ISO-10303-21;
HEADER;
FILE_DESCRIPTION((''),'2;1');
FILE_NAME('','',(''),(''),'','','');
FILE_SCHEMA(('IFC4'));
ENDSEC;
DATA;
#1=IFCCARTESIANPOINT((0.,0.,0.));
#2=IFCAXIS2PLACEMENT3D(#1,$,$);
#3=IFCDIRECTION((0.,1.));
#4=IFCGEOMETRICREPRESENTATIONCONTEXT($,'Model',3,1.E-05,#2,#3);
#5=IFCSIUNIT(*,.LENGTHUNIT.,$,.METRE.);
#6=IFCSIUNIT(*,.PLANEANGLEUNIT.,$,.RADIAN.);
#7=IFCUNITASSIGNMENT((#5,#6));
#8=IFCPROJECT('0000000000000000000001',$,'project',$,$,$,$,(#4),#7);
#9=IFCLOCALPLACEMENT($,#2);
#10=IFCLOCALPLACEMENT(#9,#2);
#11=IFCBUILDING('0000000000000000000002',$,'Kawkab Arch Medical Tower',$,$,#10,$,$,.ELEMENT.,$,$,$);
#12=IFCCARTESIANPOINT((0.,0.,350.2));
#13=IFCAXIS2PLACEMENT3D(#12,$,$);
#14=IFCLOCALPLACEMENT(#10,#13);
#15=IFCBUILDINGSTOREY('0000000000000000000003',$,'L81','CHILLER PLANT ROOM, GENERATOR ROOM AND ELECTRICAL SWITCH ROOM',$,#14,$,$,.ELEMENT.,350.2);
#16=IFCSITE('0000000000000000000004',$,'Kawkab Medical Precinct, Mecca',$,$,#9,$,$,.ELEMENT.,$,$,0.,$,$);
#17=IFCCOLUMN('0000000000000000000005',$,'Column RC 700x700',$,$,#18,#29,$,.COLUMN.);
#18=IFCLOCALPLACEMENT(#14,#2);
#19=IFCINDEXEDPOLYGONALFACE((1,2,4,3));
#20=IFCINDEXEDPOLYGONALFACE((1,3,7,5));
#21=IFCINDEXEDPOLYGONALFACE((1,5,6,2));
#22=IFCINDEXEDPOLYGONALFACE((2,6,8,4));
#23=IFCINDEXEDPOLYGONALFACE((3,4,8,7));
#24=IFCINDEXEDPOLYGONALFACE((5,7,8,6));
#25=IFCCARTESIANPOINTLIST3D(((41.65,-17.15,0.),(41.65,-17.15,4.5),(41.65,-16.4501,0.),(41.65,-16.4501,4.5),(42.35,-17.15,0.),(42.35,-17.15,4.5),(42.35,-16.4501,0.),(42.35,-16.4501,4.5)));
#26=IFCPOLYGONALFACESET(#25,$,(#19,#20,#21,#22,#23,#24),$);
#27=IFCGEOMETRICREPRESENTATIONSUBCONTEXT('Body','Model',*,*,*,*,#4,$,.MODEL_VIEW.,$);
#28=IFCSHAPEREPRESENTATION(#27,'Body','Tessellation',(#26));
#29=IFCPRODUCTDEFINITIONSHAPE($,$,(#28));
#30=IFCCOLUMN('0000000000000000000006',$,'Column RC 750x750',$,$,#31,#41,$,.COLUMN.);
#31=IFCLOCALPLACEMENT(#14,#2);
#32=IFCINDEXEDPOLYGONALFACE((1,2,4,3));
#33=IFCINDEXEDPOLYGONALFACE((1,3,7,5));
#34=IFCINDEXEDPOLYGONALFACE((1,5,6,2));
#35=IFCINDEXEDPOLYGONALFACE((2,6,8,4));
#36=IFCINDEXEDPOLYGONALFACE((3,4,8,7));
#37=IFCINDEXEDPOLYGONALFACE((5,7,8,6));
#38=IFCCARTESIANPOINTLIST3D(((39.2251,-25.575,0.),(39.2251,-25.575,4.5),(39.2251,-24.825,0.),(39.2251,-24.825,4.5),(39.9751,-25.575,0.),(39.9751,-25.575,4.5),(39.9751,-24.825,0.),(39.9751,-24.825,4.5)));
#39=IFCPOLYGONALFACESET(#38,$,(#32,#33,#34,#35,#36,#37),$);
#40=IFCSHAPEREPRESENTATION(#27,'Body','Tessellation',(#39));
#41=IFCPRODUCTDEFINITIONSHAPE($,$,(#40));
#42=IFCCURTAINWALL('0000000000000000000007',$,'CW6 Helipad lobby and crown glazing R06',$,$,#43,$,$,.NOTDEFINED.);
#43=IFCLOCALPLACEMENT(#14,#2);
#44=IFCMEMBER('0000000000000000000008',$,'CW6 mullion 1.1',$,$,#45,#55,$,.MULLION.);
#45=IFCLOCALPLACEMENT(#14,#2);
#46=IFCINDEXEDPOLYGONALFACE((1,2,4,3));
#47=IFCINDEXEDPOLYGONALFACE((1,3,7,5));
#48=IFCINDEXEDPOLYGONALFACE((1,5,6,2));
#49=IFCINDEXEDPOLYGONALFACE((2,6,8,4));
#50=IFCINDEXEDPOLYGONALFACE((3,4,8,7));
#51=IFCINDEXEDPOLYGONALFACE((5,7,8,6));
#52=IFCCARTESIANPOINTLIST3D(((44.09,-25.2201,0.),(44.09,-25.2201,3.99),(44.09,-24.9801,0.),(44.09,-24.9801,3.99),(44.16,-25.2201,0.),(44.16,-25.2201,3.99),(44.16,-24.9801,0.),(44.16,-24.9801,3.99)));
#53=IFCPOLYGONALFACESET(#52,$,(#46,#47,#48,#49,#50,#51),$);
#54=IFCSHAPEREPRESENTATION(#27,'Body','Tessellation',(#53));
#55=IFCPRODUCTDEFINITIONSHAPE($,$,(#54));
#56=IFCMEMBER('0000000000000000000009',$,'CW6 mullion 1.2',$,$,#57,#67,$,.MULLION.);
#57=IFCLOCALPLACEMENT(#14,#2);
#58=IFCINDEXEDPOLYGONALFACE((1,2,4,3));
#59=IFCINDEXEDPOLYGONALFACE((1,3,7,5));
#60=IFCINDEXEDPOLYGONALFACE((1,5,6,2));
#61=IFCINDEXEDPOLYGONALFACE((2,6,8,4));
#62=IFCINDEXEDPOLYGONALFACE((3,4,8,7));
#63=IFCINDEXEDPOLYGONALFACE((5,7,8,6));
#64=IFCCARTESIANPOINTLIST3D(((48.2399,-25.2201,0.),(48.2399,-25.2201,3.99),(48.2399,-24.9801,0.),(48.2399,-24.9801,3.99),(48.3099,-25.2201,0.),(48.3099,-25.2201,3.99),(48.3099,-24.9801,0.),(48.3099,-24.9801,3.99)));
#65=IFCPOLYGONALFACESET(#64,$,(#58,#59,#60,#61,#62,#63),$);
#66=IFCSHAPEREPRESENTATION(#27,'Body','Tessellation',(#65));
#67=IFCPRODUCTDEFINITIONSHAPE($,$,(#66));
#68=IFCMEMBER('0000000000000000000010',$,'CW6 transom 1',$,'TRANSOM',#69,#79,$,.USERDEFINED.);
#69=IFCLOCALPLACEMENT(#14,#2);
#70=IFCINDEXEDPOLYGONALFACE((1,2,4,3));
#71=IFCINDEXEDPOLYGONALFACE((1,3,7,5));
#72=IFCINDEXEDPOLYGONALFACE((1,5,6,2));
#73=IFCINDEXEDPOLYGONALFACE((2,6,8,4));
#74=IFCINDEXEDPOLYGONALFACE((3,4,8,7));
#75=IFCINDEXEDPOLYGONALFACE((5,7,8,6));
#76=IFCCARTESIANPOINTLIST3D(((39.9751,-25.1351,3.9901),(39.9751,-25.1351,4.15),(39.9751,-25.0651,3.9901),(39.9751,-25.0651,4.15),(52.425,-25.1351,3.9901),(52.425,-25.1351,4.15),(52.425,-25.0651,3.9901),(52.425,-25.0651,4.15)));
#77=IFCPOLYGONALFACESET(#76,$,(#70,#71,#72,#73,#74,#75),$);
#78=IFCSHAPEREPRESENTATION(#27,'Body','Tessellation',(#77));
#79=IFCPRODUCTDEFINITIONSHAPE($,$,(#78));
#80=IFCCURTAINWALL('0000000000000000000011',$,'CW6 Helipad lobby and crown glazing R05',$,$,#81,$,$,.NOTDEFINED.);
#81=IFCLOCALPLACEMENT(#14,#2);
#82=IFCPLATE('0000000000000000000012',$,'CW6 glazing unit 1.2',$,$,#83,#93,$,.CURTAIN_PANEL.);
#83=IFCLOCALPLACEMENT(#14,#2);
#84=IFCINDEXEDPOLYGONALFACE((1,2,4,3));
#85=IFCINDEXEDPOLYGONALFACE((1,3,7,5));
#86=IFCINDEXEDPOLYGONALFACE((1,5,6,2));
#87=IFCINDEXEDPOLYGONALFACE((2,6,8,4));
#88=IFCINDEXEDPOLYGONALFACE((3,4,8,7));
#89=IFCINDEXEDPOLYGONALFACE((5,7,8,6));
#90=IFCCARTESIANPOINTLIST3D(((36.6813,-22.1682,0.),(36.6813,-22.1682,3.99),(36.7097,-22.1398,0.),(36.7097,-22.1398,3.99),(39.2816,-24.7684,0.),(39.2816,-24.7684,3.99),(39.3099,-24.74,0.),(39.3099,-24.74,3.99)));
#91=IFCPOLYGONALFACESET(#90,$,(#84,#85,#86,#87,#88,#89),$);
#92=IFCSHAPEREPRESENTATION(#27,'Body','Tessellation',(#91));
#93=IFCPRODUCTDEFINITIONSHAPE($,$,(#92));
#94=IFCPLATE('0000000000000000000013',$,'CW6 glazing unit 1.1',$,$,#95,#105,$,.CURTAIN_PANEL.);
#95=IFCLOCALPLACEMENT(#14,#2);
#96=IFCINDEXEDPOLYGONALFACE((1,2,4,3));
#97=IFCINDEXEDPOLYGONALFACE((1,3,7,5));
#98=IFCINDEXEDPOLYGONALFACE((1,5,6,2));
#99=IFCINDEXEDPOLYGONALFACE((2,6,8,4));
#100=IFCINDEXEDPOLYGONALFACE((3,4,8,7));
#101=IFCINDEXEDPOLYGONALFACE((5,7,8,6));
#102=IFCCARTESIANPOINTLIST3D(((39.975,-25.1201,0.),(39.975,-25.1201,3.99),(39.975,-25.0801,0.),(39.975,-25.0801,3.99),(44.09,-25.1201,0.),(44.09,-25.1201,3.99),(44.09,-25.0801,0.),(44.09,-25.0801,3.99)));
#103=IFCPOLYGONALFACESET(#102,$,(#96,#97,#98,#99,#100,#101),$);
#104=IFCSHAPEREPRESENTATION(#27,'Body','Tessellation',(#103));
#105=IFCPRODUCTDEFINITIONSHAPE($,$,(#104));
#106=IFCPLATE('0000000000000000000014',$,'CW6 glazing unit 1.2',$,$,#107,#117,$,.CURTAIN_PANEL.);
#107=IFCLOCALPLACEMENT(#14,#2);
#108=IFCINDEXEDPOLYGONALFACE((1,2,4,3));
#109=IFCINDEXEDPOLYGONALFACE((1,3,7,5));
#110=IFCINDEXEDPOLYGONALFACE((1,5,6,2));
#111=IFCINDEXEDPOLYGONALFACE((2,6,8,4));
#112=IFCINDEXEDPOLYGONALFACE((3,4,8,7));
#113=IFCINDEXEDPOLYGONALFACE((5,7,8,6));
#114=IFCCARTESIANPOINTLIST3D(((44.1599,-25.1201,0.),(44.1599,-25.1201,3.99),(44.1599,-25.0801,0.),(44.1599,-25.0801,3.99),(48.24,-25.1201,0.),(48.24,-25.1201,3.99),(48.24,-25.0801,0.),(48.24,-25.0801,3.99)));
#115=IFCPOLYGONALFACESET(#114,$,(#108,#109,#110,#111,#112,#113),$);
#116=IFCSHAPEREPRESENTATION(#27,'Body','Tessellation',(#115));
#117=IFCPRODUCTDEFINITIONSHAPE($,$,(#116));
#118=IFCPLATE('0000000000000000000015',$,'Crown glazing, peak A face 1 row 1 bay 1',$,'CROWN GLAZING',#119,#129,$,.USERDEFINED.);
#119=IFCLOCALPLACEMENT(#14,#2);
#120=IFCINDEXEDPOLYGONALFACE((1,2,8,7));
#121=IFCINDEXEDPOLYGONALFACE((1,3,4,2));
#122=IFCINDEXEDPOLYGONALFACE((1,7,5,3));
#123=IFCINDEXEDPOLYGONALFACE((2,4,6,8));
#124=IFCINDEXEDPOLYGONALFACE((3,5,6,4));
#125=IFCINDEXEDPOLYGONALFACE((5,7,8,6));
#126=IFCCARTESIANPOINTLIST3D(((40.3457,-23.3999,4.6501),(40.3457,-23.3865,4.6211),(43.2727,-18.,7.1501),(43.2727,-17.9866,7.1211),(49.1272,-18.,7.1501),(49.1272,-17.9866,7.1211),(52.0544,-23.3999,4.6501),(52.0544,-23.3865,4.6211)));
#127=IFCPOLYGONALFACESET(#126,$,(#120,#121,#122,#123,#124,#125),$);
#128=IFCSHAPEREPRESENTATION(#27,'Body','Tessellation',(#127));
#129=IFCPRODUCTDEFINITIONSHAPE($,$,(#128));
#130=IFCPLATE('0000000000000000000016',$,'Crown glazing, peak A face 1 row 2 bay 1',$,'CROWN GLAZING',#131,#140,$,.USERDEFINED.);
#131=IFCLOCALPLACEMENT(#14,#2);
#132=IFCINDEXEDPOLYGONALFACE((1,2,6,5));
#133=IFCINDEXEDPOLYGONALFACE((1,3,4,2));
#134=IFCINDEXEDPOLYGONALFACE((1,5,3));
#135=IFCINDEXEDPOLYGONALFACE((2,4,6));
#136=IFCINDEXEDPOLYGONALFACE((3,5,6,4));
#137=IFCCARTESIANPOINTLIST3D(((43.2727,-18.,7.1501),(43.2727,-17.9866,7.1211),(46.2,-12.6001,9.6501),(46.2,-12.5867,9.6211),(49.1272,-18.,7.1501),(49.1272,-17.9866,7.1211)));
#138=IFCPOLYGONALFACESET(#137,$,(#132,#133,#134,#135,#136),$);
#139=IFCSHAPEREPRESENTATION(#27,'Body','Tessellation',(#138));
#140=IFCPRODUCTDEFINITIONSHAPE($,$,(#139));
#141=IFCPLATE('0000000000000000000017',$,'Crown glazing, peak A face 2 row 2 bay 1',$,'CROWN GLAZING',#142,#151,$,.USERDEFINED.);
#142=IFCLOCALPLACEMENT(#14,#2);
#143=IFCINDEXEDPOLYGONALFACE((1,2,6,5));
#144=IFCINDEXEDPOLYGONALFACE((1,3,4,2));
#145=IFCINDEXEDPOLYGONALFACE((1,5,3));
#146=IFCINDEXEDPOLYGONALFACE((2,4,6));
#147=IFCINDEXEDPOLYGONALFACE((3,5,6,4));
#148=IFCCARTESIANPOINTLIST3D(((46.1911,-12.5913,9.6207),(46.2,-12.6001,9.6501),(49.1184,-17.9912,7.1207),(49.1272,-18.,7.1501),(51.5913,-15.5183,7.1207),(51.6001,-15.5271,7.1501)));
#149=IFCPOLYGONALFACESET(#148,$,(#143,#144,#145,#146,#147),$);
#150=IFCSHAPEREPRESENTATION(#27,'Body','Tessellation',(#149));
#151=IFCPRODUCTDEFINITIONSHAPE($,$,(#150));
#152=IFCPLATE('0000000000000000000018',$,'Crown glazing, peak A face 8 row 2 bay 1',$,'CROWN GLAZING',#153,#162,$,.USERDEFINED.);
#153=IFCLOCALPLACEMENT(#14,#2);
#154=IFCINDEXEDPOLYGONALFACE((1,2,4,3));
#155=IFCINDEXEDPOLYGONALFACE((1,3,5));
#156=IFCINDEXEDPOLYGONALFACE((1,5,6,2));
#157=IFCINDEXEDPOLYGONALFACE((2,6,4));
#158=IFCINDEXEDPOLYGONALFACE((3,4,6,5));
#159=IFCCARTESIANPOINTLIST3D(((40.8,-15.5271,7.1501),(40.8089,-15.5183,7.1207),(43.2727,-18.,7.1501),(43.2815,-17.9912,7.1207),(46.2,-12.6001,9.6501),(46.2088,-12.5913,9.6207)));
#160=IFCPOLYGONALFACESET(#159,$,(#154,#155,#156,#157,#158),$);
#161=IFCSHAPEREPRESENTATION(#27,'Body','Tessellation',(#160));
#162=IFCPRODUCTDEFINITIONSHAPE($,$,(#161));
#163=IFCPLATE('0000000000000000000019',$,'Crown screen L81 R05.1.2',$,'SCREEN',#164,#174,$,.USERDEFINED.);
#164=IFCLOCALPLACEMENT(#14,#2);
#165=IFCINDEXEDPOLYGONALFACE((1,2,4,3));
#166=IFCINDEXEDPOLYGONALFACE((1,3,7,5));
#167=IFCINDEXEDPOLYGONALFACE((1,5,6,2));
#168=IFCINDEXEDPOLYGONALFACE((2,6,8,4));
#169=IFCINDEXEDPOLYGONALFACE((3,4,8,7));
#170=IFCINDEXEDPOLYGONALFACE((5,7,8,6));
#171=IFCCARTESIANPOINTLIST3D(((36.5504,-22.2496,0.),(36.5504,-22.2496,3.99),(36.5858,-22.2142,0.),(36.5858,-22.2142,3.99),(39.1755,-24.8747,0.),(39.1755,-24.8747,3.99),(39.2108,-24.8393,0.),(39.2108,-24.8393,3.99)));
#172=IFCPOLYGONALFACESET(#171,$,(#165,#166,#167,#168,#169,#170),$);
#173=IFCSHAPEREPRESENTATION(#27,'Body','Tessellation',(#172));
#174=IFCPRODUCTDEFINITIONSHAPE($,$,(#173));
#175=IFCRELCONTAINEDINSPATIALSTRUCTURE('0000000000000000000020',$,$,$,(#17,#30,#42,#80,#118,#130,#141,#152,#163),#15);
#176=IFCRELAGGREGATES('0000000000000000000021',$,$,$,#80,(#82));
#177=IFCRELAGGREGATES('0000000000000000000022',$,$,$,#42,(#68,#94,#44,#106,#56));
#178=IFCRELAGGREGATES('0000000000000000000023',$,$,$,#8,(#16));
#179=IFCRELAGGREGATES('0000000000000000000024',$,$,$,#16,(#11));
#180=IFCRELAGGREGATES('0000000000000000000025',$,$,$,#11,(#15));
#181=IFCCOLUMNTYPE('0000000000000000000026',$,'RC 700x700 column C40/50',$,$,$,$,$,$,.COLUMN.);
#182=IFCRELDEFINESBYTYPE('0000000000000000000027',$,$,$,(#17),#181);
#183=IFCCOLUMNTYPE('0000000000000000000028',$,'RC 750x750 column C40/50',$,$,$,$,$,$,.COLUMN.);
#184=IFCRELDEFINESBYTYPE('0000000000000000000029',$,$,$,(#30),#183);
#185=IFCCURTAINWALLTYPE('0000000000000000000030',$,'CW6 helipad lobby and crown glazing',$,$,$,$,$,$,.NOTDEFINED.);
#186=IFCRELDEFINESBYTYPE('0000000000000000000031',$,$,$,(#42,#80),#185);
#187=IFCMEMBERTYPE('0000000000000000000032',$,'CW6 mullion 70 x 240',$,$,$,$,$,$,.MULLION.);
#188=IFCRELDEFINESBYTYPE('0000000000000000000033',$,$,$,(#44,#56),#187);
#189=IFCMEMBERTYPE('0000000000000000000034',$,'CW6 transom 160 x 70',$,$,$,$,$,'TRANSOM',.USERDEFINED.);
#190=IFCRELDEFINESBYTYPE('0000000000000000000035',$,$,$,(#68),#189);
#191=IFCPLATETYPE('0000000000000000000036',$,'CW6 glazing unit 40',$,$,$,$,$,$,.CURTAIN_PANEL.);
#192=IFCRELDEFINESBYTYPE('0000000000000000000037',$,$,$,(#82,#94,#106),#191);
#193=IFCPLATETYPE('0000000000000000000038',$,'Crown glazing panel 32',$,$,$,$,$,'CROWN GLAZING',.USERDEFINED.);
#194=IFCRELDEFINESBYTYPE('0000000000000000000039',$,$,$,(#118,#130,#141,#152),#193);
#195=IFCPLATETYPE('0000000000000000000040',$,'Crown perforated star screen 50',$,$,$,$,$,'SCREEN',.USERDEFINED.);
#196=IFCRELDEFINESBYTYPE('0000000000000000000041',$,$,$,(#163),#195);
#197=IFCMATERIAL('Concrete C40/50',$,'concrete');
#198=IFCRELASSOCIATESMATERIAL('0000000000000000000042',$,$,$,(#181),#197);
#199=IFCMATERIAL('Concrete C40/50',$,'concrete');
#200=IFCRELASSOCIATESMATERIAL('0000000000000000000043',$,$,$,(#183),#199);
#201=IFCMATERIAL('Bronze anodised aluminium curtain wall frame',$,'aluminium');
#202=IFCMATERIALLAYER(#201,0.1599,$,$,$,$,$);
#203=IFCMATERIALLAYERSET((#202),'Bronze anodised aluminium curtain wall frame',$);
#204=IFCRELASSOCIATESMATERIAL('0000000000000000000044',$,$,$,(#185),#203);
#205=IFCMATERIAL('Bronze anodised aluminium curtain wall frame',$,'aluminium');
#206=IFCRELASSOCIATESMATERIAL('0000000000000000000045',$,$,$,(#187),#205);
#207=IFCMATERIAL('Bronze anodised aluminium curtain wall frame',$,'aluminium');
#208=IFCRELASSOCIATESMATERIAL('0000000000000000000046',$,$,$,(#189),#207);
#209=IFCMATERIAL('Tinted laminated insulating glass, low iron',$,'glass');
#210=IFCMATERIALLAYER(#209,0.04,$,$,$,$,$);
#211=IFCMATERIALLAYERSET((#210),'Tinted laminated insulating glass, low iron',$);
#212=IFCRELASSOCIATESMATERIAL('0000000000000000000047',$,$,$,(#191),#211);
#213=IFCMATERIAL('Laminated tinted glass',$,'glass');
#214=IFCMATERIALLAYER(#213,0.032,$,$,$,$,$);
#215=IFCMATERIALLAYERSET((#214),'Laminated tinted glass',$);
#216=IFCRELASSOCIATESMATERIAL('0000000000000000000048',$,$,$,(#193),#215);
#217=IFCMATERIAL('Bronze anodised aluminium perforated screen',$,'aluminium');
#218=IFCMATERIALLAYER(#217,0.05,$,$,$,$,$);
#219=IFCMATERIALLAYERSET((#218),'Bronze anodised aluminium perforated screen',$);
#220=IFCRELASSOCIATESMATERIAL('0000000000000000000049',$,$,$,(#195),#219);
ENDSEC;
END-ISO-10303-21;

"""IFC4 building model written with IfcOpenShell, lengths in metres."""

from ifc_helpers import new_model, si_unit, direction, frame, origin, origin_2d, place, context, subcontext, project, spatial, polyline, rectangle, outline, extrude, material, layer, layer_set, material_profile, profile_set, type_object, element, aggregate, save


model = new_model("IFC4")

# Units and contexts
model_context = context("Model", 3, precision=1e-05, world=origin(), true_north=direction((0.0, 1.0)))
body_context = subcontext(model_context, "Body", "Model", "MODEL_VIEW")
ifc_project = project(units=[si_unit("LENGTHUNIT", "METRE"), si_unit("PLANEANGLEUNIT", "RADIAN")], contexts=[model_context])

# Site, building, storey
site_placement = place(None, origin())
site = spatial("IfcSite", under=ifc_project, at=site_placement, Name="Kawkab Medical Precinct, Mecca", CompositionType="ELEMENT", RefElevation=0.0)
building_placement = place(site_placement, origin())
building = spatial("IfcBuilding", under=site, at=building_placement, Name="Kawkab Arch Medical Tower", CompositionType="ELEMENT")
storey_placement = place(building_placement, frame((0.0, 0.0, 350.2)))
storey = spatial("IfcBuildingStorey", under=building, at=storey_placement, Name="L81", Description="CHILLER PLANT ROOM, GENERATOR ROOM AND ELECTRICAL SWITCH ROOM", CompositionType="ELEMENT", Elevation=350.2)

# Columns
ifc_material_1 = material(Name="Concrete C40/50", Category="concrete")
ifc_material_profile_1 = material_profile(ifc_material_1, rectangle(XDim=0.7, YDim=0.7, at=origin_2d()), Name="RC 700x700")
ifc_profile_set_1 = profile_set([ifc_material_profile_1], Name="Concrete C40/50")
column_type_1 = type_object("IfcColumnType", Name="RC 700x700 column C40/50", PredefinedType="COLUMN", material=ifc_profile_set_1)
column_1_placement = place(storey_placement, frame((42.0, -16.8, 0.0), z_axis=(0.0, 0.0, 1.0), x_axis=(1.0, 0.0, 0.0)))
element("IfcColumn", 1, at=column_1_placement, inside=storey, type_object=column_type_1, Name="Column RC 700x700", PredefinedType="COLUMN", context=body_context, shape_type="SweptSolid", body=[
    extrude(rectangle(XDim=0.7, YDim=0.7, at=origin_2d()), origin(), (0.0, 0.0, 1.0), 4.5),
])
ifc_material_2 = material(Name="Concrete C40/50", Category="concrete")
ifc_material_profile_2 = material_profile(ifc_material_2, rectangle(XDim=0.75, YDim=0.75, at=origin_2d()), Name="RC 750x750")
ifc_profile_set_2 = profile_set([ifc_material_profile_2], Name="Concrete C40/50")
column_type_2 = type_object("IfcColumnType", Name="RC 750x750 column C40/50", PredefinedType="COLUMN", material=ifc_profile_set_2)
column_2_placement = place(storey_placement, frame((39.6001, -25.2, 0.0), z_axis=(0.0, 0.0, 1.0), x_axis=(1.0, 0.0, 0.0)))
element("IfcColumn", 2, at=column_2_placement, inside=storey, type_object=column_type_2, Name="Column RC 750x750", PredefinedType="COLUMN", context=body_context, shape_type="SweptSolid", body=[
    extrude(rectangle(XDim=0.75, YDim=0.75, at=origin_2d()), origin(), (0.0, 0.0, 1.0), 4.5),
])

# Curtain wall, members
ifc_material_3 = material(Name="Bronze anodised aluminium curtain wall frame", Category="aluminium")
ifc_layer_1 = layer(ifc_material_3, 0.1599)
ifc_layer_set_1 = layer_set([ifc_layer_1], Name="Bronze anodised aluminium curtain wall frame")
curtain_wall_type = type_object("IfcCurtainWallType", Name="CW6 helipad lobby and crown glazing", PredefinedType="NOTDEFINED", material=ifc_layer_set_1)
placement_1 = place(storey_placement, origin())
curtain_wall_1 = element("IfcCurtainWall", 3, at=placement_1, inside=storey, type_object=curtain_wall_type, Name="CW6 Helipad lobby and crown glazing R06", PredefinedType="NOTDEFINED")
ifc_material_4 = material(Name="Bronze anodised aluminium curtain wall frame", Category="aluminium")
ifc_material_profile_3 = material_profile(ifc_material_4, rectangle(XDim=0.24, YDim=0.0701, at=origin_2d()), Name="AL 70x240")
ifc_profile_set_3 = profile_set([ifc_material_profile_3], Name="Bronze anodised aluminium curtain wall frame")
member_type_1 = type_object("IfcMemberType", Name="CW6 mullion 70 x 240", PredefinedType="MULLION", material=ifc_profile_set_3)
member_1_placement = place(storey_placement, frame((44.125, -25.1001, 0.0), z_axis=(0.0, 0.0, 1.0), x_axis=(0.0, 1.0, 0.0)))
member_1 = element("IfcMember", 4, at=member_1_placement, type_object=member_type_1, Name="CW6 mullion 1.1", PredefinedType="MULLION", context=body_context, shape_type="SweptSolid", body=[
    extrude(rectangle(XDim=0.24, YDim=0.0701, at=origin_2d()), origin(), (0.0, 0.0, 1.0), 3.99),
])
member_2_placement = place(storey_placement, frame((48.2749, -25.1001, 0.0), z_axis=(0.0, 0.0, 1.0), x_axis=(0.0, 1.0, 0.0)))
member_2 = element("IfcMember", 5, at=member_2_placement, type_object=member_type_1, Name="CW6 mullion 1.2", PredefinedType="MULLION", context=body_context, shape_type="SweptSolid", body=[
    extrude(rectangle(XDim=0.24, YDim=0.0701, at=origin_2d()), origin(), (0.0, 0.0, 1.0), 3.99),
])
ifc_material_5 = material(Name="Bronze anodised aluminium curtain wall frame", Category="aluminium")
ifc_material_profile_4 = material_profile(ifc_material_5, rectangle(XDim=0.0701, YDim=0.1599, at=origin_2d()), Name="AL 70x160")
ifc_profile_set_4 = profile_set([ifc_material_profile_4], Name="Bronze anodised aluminium curtain wall frame")
member_type_2 = type_object("IfcMemberType", Name="CW6 transom 160 x 70", ElementType="TRANSOM", PredefinedType="USERDEFINED", material=ifc_profile_set_4)
member_3_placement = place(storey_placement, frame((39.9751, -25.1001, 4.0701), z_axis=(1.0, 0.0, 0.0), x_axis=(0.0, 1.0, 0.0)))
member_3 = element("IfcMember", 6, at=member_3_placement, type_object=member_type_2, Name="CW6 transom 1", ObjectType="TRANSOM", PredefinedType="USERDEFINED", context=body_context, shape_type="SweptSolid", body=[
    extrude(rectangle(XDim=0.0701, YDim=0.1599, at=origin_2d()), origin(), (0.0, 0.0, 1.0), 12.45),
])

# Curtain wall, plate
curtain_wall_2 = element("IfcCurtainWall", 7, at=placement_1, inside=storey, type_object=curtain_wall_type, Name="CW6 Helipad lobby and crown glazing R05", PredefinedType="NOTDEFINED")
ifc_material_6 = material(Name="Tinted laminated insulating glass, low iron", Category="glass")
ifc_layer_2 = layer(ifc_material_6, 0.04)
ifc_layer_set_2 = layer_set([ifc_layer_2], Name="Tinted laminated insulating glass, low iron")
plate_type_1 = type_object("IfcPlateType", Name="CW6 glazing unit 40", PredefinedType="CURTAIN_PANEL", material=ifc_layer_set_2)
plate_1_placement = place(storey_placement, frame((37.9956, -23.4541, 0.0), z_axis=(0.0, 0.0, 1.0), x_axis=(0.707107, -0.707107, 0.0)))
plate_1 = element("IfcPlate", 8, at=plate_1_placement, type_object=plate_type_1, Name="CW6 glazing unit 1.2", PredefinedType="CURTAIN_PANEL", context=body_context, shape_type="SweptSolid", body=[
    extrude(rectangle(XDim=3.6772, YDim=0.04, at=origin_2d()), origin(), (0.0, 0.0, 1.0), 3.99),
])
aggregate(curtain_wall_2, [plate_1])

# Plates
plate_2_placement = place(storey_placement, frame((42.0325, -25.1001, 0.0), z_axis=(0.0, 0.0, 1.0), x_axis=(1.0, 0.0, 0.0)))
plate_2 = element("IfcPlate", 9, at=plate_2_placement, type_object=plate_type_1, Name="CW6 glazing unit 1.1", PredefinedType="CURTAIN_PANEL", context=body_context, shape_type="SweptSolid", body=[
    extrude(rectangle(XDim=4.115, YDim=0.04, at=origin_2d()), origin(), (0.0, 0.0, 1.0), 3.99),
])
plate_3_placement = place(storey_placement, frame((46.2, -25.1001, 0.0), z_axis=(0.0, 0.0, 1.0), x_axis=(1.0, 0.0, 0.0)))
plate_3 = element("IfcPlate", 10, at=plate_3_placement, type_object=plate_type_1, Name="CW6 glazing unit 1.2", PredefinedType="CURTAIN_PANEL", context=body_context, shape_type="SweptSolid", body=[
    extrude(rectangle(XDim=4.0801, YDim=0.04, at=origin_2d()), origin(), (0.0, 0.0, 1.0), 3.99),
])
aggregate(curtain_wall_1, [member_3, plate_2, member_1, plate_3, member_2])

# Plates
ifc_material_7 = material(Name="Laminated tinted glass", Category="glass")
ifc_layer_3 = layer(ifc_material_7, 0.032)
ifc_layer_set_3 = layer_set([ifc_layer_3], Name="Laminated tinted glass")
plate_type_2 = type_object("IfcPlateType", Name="Crown glazing panel 32", ElementType="CROWN GLAZING", PredefinedType="USERDEFINED", material=ifc_layer_set_3)
plate_4_placement = place(storey_placement, frame((40.3457, -23.3999, 4.6501), z_axis=(0.0, -0.42013, 0.907464), x_axis=(1.0, 0.0, 0.0)))
element("IfcPlate", 11, at=plate_4_placement, inside=storey, type_object=plate_type_2, Name="Crown glazing, peak A face 1 row 1 bay 1", ObjectType="CROWN GLAZING", PredefinedType="USERDEFINED", context=body_context, shape_type="SweptSolid", body=[
    extrude(outline(polyline([(0.0, 0.0), (11.7087, 0.0), (8.7815, 5.9505), (2.927, 5.9505), (0.0, 0.0)])), origin(), (0.0, 0.0, -1.0), 0.032),
])
plate_5_placement = place(storey_placement, frame((43.2727, -18.0, 7.1501), z_axis=(0.0, -0.42013, 0.907464), x_axis=(1.0, 0.0, 0.0)))
element("IfcPlate", 12, at=plate_5_placement, inside=storey, type_object=plate_type_2, Name="Crown glazing, peak A face 1 row 2 bay 1", ObjectType="CROWN GLAZING", PredefinedType="USERDEFINED", context=body_context, shape_type="SweptSolid", body=[
    extrude(outline(polyline([(0.0, 0.0), (5.8545, 0.0), (2.9272, 5.9505), (0.0, 0.0)])), origin(), (0.0, 0.0, -1.0), 0.032),
])
plate_6_placement = place(storey_placement, frame((49.1272, -18.0, 7.1501), z_axis=(0.276346, -0.276346, 0.92047), x_axis=(0.707107, 0.707107, 0.0)))
element("IfcPlate", 13, at=plate_6_placement, inside=storey, type_object=plate_type_2, Name="Crown glazing, peak A face 2 row 2 bay 1", ObjectType="CROWN GLAZING", PredefinedType="USERDEFINED", context=body_context, shape_type="SweptSolid", body=[
    extrude(outline(polyline([(0.0, 0.0), (3.4972, 0.0), (1.7484, 6.3969), (0.0, 0.0)])), origin(), (0.0, 0.0, -1.0), 0.032),
])
plate_7_placement = place(storey_placement, frame((40.8, -15.5271, 7.1501), z_axis=(-0.276363, -0.276336, 0.920468), x_axis=(0.707072, -0.707142, 0.0)))
element("IfcPlate", 14, at=plate_7_placement, inside=storey, type_object=plate_type_2, Name="Crown glazing, peak A face 8 row 2 bay 1", ObjectType="CROWN GLAZING", PredefinedType="USERDEFINED", context=body_context, shape_type="SweptSolid", body=[
    extrude(outline(polyline([(0.0, 0.0), (3.497, 0.0), (1.7483, 6.3968), (0.0, 0.0)])), origin(), (0.0, 0.0, -1.0), 0.032),
])
ifc_material_8 = material(Name="Bronze anodised aluminium perforated screen", Category="aluminium")
ifc_layer_4 = layer(ifc_material_8, 0.05)
ifc_layer_set_4 = layer_set([ifc_layer_4], Name="Bronze anodised aluminium perforated screen")
plate_type_3 = type_object("IfcPlateType", Name="Crown perforated star screen 50", ElementType="SCREEN", PredefinedType="USERDEFINED", material=ifc_layer_set_4)
plate_8_placement = place(storey_placement, frame((37.8806, -23.5444, 0.0), z_axis=(0.0, 0.0, 1.0), x_axis=(0.707107, -0.707107, 0.0)))
element("IfcPlate", 15, at=plate_8_placement, inside=storey, type_object=plate_type_3, Name="Crown screen L81 R05.1.2", ObjectType="SCREEN", PredefinedType="USERDEFINED", context=body_context, shape_type="SweptSolid", body=[
    extrude(rectangle(XDim=3.7124, YDim=0.05, at=origin_2d()), origin(), (0.0, 0.0, 1.0), 3.99),
])

save(model, "model.ifc")
